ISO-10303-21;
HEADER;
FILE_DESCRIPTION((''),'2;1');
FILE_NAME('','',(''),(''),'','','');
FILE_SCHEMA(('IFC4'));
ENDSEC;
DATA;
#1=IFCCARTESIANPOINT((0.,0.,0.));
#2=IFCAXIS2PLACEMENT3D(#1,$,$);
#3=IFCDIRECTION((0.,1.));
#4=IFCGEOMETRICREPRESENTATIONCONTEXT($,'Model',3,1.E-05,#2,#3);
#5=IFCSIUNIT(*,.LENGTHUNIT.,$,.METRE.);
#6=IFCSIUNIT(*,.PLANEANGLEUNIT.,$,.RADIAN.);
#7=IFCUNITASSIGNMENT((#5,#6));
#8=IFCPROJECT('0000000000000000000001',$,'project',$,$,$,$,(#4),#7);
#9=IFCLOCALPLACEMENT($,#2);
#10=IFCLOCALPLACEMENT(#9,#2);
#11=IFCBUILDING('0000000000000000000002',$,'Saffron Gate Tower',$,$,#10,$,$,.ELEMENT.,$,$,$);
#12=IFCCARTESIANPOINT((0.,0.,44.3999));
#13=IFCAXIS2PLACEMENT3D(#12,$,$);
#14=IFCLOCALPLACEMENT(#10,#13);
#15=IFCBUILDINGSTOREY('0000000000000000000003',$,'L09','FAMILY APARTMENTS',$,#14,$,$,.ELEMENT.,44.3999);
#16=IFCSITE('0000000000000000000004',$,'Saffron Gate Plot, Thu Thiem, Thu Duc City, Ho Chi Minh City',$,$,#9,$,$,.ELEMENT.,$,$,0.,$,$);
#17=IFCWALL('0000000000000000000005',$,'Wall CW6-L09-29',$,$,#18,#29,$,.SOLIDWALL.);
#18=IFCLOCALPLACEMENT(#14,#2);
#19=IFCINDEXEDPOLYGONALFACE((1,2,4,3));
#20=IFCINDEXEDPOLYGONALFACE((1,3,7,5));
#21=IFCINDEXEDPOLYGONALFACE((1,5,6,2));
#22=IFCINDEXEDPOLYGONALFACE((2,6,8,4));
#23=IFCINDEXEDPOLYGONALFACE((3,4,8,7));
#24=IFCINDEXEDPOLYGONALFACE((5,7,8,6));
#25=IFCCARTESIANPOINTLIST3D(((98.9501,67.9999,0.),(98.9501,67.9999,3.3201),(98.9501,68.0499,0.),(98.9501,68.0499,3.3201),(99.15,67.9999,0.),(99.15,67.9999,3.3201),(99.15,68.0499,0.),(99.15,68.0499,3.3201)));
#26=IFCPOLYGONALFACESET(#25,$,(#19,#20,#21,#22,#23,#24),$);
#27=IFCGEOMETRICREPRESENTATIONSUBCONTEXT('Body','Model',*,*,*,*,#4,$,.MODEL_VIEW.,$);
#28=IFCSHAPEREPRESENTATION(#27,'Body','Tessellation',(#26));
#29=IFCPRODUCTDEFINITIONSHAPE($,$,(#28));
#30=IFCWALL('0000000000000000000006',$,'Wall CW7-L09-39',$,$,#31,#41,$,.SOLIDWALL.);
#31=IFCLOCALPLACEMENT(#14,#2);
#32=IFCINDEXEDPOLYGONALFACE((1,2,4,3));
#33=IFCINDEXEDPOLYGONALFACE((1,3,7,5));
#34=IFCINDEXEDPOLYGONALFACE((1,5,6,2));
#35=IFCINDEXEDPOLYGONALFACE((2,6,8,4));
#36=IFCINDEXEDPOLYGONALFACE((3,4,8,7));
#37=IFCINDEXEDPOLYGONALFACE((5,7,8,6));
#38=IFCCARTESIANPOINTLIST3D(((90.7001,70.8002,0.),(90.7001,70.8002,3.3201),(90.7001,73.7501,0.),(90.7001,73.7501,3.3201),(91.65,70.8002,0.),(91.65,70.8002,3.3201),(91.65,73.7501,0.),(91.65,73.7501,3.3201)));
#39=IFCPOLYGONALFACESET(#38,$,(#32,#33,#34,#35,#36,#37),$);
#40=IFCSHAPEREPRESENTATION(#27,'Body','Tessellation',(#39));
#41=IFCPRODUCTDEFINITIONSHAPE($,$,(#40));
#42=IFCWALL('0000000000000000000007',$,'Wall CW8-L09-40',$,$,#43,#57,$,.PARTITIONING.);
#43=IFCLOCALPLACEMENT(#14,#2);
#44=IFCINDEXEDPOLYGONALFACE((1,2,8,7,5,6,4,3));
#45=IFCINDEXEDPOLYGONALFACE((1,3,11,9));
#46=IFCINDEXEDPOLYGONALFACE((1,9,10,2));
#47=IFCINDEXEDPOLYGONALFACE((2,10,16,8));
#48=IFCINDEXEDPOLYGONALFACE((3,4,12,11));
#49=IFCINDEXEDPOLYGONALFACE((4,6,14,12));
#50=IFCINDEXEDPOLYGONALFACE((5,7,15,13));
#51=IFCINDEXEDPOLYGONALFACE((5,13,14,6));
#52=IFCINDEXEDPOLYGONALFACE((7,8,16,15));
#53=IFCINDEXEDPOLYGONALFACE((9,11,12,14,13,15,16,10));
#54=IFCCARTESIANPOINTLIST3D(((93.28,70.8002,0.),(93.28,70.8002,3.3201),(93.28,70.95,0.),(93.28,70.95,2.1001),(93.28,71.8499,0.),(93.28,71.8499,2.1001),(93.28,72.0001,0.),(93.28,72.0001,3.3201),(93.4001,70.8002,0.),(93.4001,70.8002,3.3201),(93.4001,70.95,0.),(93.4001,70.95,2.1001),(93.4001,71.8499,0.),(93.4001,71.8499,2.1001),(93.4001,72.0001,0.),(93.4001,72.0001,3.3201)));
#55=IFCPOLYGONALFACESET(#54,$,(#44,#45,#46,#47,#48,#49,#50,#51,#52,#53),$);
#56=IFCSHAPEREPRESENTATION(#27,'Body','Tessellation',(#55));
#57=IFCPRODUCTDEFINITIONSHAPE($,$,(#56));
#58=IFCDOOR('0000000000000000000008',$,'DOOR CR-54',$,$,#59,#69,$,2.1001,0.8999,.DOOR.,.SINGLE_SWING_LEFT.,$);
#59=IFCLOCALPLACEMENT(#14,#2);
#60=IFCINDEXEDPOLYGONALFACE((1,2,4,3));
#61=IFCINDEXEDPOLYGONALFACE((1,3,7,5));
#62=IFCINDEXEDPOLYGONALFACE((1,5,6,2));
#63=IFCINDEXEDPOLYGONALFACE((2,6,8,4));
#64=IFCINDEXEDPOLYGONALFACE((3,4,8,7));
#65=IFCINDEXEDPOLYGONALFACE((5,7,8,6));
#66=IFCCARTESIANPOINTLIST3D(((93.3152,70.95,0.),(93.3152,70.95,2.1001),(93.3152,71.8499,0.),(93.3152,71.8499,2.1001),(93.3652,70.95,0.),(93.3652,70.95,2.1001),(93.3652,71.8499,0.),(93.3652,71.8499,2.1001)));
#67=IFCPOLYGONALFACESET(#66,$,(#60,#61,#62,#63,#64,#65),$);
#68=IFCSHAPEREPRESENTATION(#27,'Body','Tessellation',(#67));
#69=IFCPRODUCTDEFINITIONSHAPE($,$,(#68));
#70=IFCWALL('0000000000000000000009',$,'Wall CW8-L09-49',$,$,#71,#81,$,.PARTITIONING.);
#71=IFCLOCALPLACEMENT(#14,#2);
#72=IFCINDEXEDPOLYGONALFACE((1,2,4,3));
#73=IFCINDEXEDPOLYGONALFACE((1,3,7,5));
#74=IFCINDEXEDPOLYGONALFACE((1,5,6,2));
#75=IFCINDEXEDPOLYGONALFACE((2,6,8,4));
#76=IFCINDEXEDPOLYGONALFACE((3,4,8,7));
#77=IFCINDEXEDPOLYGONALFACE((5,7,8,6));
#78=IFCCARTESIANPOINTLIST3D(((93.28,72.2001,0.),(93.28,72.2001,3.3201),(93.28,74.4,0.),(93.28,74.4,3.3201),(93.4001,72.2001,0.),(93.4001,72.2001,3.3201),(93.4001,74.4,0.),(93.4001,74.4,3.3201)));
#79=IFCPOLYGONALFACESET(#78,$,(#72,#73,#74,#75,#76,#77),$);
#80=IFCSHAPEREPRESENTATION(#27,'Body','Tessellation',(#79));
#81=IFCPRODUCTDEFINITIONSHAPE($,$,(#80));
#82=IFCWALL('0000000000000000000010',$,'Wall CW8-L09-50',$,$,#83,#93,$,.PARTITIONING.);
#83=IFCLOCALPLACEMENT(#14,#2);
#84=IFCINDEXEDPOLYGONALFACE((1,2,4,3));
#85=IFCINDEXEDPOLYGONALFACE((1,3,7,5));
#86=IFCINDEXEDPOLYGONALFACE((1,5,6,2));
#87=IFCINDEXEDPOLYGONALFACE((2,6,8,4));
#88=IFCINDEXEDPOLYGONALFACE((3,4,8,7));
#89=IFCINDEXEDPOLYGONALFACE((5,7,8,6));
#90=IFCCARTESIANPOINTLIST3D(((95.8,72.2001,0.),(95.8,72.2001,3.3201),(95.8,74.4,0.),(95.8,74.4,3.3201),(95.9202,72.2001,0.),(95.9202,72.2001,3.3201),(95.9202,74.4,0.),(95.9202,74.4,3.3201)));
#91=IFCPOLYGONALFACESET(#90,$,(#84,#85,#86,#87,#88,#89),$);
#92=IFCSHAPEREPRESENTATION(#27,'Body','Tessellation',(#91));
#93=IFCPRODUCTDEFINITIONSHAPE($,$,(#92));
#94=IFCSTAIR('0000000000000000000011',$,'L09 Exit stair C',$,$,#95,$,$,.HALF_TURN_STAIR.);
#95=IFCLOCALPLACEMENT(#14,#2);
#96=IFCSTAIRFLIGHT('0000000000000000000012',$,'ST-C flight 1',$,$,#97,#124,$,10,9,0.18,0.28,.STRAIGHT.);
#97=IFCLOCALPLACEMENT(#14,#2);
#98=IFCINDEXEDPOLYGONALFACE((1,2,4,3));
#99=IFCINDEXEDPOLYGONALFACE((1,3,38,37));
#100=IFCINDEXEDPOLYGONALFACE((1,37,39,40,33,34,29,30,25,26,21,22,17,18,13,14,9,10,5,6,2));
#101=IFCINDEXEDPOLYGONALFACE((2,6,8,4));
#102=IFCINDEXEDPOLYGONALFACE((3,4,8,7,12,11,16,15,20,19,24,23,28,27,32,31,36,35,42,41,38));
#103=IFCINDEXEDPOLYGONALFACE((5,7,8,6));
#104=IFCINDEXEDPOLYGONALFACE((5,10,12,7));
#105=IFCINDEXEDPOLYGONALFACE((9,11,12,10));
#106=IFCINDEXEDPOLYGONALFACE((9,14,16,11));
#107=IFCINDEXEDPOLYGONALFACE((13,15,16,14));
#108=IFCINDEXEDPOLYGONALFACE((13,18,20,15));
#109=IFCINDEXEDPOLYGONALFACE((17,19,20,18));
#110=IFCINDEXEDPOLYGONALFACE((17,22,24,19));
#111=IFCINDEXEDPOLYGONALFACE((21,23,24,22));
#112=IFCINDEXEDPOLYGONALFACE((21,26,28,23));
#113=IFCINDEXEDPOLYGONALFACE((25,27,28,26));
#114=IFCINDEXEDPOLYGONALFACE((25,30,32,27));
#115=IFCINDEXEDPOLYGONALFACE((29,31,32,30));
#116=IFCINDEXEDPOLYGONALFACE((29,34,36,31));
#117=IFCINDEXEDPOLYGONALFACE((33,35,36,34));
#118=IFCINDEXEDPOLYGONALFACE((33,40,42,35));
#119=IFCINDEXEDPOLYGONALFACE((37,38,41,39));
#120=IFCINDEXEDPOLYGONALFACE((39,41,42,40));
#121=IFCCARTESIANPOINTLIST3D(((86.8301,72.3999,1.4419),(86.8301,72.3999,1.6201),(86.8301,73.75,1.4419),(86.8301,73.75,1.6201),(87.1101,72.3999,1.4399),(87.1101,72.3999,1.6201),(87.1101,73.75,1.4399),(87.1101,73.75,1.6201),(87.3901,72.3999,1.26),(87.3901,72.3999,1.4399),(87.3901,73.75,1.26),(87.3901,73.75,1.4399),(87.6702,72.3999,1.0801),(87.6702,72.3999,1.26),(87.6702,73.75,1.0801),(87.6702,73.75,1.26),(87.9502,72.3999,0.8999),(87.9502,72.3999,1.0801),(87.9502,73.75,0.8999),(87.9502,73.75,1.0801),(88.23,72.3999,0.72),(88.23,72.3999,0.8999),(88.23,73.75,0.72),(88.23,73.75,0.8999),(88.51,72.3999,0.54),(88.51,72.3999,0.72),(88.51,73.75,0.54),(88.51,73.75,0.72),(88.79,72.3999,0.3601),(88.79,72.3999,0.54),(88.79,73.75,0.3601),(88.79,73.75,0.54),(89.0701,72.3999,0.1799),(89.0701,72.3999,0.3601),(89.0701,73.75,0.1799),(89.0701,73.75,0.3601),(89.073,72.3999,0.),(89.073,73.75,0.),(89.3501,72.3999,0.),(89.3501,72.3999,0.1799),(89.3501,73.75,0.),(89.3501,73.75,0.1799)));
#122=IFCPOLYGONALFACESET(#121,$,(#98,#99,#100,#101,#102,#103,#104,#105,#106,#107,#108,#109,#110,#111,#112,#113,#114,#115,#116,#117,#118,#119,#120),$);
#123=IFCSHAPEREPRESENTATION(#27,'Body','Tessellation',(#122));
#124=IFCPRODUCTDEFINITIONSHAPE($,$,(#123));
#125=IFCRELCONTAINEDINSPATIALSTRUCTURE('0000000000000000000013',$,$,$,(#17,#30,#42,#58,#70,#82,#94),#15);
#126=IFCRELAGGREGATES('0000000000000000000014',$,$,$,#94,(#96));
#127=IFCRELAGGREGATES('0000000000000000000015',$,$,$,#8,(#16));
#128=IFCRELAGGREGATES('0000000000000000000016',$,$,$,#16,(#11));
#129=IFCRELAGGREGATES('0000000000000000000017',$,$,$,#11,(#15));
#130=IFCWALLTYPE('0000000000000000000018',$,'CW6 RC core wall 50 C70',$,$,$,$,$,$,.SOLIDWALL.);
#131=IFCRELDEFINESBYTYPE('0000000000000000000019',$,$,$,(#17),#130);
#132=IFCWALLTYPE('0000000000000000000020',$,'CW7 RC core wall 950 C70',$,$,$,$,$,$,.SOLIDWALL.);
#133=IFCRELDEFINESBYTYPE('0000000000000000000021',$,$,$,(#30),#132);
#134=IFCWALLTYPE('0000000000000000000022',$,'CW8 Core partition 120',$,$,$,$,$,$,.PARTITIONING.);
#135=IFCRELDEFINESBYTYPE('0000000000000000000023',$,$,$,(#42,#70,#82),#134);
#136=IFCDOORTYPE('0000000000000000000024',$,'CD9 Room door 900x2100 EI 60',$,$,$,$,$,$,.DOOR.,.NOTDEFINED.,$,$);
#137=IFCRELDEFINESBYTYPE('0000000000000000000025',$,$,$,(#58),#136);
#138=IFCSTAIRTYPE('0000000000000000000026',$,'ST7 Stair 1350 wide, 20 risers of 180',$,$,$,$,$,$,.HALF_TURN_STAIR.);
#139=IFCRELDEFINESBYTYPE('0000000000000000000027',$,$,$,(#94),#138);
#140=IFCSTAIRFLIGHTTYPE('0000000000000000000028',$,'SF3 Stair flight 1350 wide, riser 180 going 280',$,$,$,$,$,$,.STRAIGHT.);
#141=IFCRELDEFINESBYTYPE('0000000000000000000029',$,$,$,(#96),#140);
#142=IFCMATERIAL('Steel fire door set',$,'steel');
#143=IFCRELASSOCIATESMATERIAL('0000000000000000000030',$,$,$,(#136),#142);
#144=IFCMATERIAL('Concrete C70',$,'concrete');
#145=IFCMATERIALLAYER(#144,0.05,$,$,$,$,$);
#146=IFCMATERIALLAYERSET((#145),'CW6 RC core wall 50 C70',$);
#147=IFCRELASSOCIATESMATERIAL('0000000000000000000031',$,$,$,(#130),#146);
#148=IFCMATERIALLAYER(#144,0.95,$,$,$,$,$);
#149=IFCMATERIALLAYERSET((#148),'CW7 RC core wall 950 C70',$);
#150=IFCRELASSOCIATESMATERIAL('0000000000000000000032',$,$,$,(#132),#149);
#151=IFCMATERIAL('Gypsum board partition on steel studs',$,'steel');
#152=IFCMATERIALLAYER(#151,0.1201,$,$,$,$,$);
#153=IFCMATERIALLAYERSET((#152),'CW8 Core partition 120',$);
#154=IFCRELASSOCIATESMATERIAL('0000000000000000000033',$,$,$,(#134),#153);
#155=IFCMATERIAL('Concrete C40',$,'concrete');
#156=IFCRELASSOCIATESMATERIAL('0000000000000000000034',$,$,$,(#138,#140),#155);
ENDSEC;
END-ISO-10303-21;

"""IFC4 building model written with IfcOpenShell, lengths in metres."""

from ifc_helpers import new_model, si_unit, direction, frame, frame_2d, origin, place, context, subcontext, project, spatial, polyline, rectangle, outline, extrude, material, layer, layer_set, type_object, element, fill, aggregate, save


model = new_model("IFC4")

# Units and contexts
model_context = context("Model", 3, precision=1e-05, world=origin(), true_north=direction((0.0, 1.0)))
body_context = subcontext(model_context, "Body", "Model", "MODEL_VIEW")
ifc_project = project(units=[si_unit("LENGTHUNIT", "METRE"), si_unit("PLANEANGLEUNIT", "RADIAN")], contexts=[model_context])

# Site, building, storey
site_placement = place(None, origin())
site = spatial("IfcSite", under=ifc_project, at=site_placement, Name="Saffron Gate Plot, Thu Thiem, Thu Duc City, Ho Chi Minh City", CompositionType="ELEMENT", RefElevation=0.0)
building_placement = place(site_placement, origin())
building = spatial("IfcBuilding", under=site, at=building_placement, Name="Saffron Gate Tower", CompositionType="ELEMENT")
storey_placement = place(building_placement, frame((0.0, 0.0, 44.3999)))
storey = spatial("IfcBuildingStorey", under=building, at=storey_placement, Name="L09", Description="FAMILY APARTMENTS", CompositionType="ELEMENT", Elevation=44.3999)

# Shared definitions
ifc_material_1 = material(Name="Concrete C70", Category="concrete")
ifc_material_2 = material(Name="Steel fire door set", Category="steel")

# Shared definitions
door_type_1 = type_object("IfcDoorType", Name="CD9 Room door 900x2100 EI 60", OperationType="NOTDEFINED", PredefinedType="DOOR", material=ifc_material_2)

# Walls
ifc_layer_1 = layer(ifc_material_1, 0.05)
ifc_layer_set_1 = layer_set([ifc_layer_1], Name="CW6 RC core wall 50 C70")
wall_type_1 = type_object("IfcWallType", Name="CW6 RC core wall 50 C70", PredefinedType="SOLIDWALL", material=ifc_layer_set_1)
wall_1_placement = place(storey_placement, frame((98.95, 68.0249, 0.0), z_axis=(0.0, 0.0, 1.0), x_axis=(1.0, 0.0, 0.0)))
element("IfcWall", 1, at=wall_1_placement, inside=storey, type_object=wall_type_1, Name="Wall CW6-L09-29", PredefinedType="SOLIDWALL", context=body_context, shape_type="SweptSolid", body=[
    extrude(rectangle(XDim=0.2, YDim=0.05, at=frame_2d((0.1001, 0.0))), origin(), (0.0, 0.0, 1.0), 3.3201),
])
ifc_layer_2 = layer(ifc_material_1, 0.95)
ifc_layer_set_2 = layer_set([ifc_layer_2], Name="CW7 RC core wall 950 C70")
wall_type_2 = type_object("IfcWallType", Name="CW7 RC core wall 950 C70", PredefinedType="SOLIDWALL", material=ifc_layer_set_2)
wall_2_placement = place(storey_placement, frame((91.175, 70.8, 0.0), z_axis=(0.0, 0.0, 1.0), x_axis=(0.0, 1.0, 0.0)))
element("IfcWall", 2, at=wall_2_placement, inside=storey, type_object=wall_type_2, Name="Wall CW7-L09-39", PredefinedType="SOLIDWALL", context=body_context, shape_type="SweptSolid", body=[
    extrude(rectangle(XDim=2.95, YDim=0.95, at=frame_2d((1.4751, 0.0))), origin(), (0.0, 0.0, 1.0), 3.3201),
])

# Wall, opening, door
ifc_material_3 = material(Name="Gypsum board partition on steel studs", Category="steel")
ifc_layer_3 = layer(ifc_material_3, 0.1201)
ifc_layer_set_3 = layer_set([ifc_layer_3], Name="CW8 Core partition 120")
wall_type_3 = type_object("IfcWallType", Name="CW8 Core partition 120", PredefinedType="PARTITIONING", material=ifc_layer_set_3)
wall_3_placement = place(storey_placement, frame((93.3401, 70.8, 0.0), z_axis=(0.0, 0.0, 1.0), x_axis=(0.0, 1.0, 0.0)))
wall_3 = element("IfcWall", 3, at=wall_3_placement, inside=storey, type_object=wall_type_3, Name="Wall CW8-L09-40", PredefinedType="PARTITIONING", context=body_context, shape_type="SweptSolid", body=[
    extrude(rectangle(XDim=1.2, YDim=0.1201, at=frame_2d((0.6001, 0.0))), origin(), (0.0, 0.0, 1.0), 3.3201),
])
opening_1_placement = place(wall_3_placement, frame((0.1499, 0.0, 0.0)))
opening_1 = element("IfcOpeningElement", 4, at=opening_1_placement, cuts=wall_3, PredefinedType="OPENING", context=body_context, shape_type="SweptSolid", body=[
    extrude(rectangle(XDim=0.8999, YDim=2.1001, at=frame_2d((0.45, 1.05))), frame((0.0, 0.0701, 0.0), z_axis=(0.0, -1.0, 0.0), x_axis=(1.0, 0.0, 0.0)), (0.0, 0.0, 1.0), 0.1401),
])
door_1_placement = place(opening_1_placement, origin())
door_1 = element("IfcDoor", 5, at=door_1_placement, inside=storey, type_object=door_type_1, Name="DOOR CR-54", OperationType="SINGLE_SWING_LEFT", OverallHeight=2.1001, OverallWidth=0.8999, PredefinedType="DOOR", context=body_context, shape_type="SweptSolid", body=[
    extrude(rectangle(XDim=0.8999, YDim=2.1001, at=frame_2d((0.45, 1.05))), frame((0.0, 0.0249, 0.0), z_axis=(0.0, -1.0, 0.0), x_axis=(1.0, 0.0, 0.0)), (0.0, 0.0, 1.0), 0.05),
])
fill(opening_1, door_1)

# Walls
for number, where, z_axis, x_axis, name in (
    (6, (93.3401, 72.2, 0.0), (0.0, 0.0, 1.0), (0.0, 1.0, 0.0), "Wall CW8-L09-49"),
    (7, (95.8601, 72.2, 0.0), (0.0, 0.0, 1.0), (0.0, 1.0, 0.0), "Wall CW8-L09-50"),
):
    element("IfcWall", number, at=place(storey_placement, frame(where, z_axis=z_axis, x_axis=x_axis)), inside=storey, type_object=wall_type_3, Name=name, PredefinedType="PARTITIONING", context=body_context, shape_type="SweptSolid", body=[
        extrude(rectangle(XDim=2.2, YDim=0.1201, at=frame_2d((1.1001, 0.0))), origin(), (0.0, 0.0, 1.0), 3.3201),
    ])

# Stair, stair flight
ifc_material_4 = material(Name="Concrete C40", Category="concrete")
stair_type = type_object("IfcStairType", Name="ST7 Stair 1350 wide, 20 risers of 180", PredefinedType="HALF_TURN_STAIR", material=ifc_material_4)
stair_placement = place(storey_placement, origin())
stair = element("IfcStair", 8, at=stair_placement, inside=storey, type_object=stair_type, Name="L09 Exit stair C", PredefinedType="HALF_TURN_STAIR")
stair_flight_type = type_object("IfcStairFlightType", Name="SF3 Stair flight 1350 wide, riser 180 going 280", PredefinedType="STRAIGHT", material=ifc_material_4)
stair_flight_placement = place(storey_placement, frame((89.3501, 73.075, 0.0), z_axis=(0.0, 0.0, 1.0), x_axis=(-1.0, 0.0, 0.0)))
stair_flight = element("IfcStairFlight", 9, at=stair_flight_placement, type_object=stair_flight_type, Name="ST-C flight 1", NumberOfRisers=10, NumberOfTreads=9, PredefinedType="STRAIGHT", RiserHeight=0.18, TreadLength=0.28, context=body_context, shape_type="SweptSolid", body=[
    extrude(outline(polyline([(0.0, 0.0), (0.0, 0.1799), (0.28, 0.1799), (0.28, 0.3601), (0.5601, 0.3601), (0.5601, 0.54), (0.8401, 0.54), (0.8401, 0.72), (1.1201, 0.72), (1.1201, 0.8999), (1.3999, 0.8999), (1.3999, 1.0801), (1.6799, 1.0801), (1.6799, 1.26), (1.96, 1.26), (1.96, 1.4399), (2.24, 1.4399), (2.24, 1.6201), (2.52, 1.6201), (2.52, 1.8), (2.52, 1.4419), (0.2771, 0.0), (0.0, 0.0)])), frame((0.0, 0.675, 0.0), z_axis=(0.0, -1.0, 0.0), x_axis=(1.0, 0.0, 0.0)), (0.0, 0.0, 1.0), 1.3501),
])
aggregate(stair, [stair_flight])

save(model, "model.ifc")
